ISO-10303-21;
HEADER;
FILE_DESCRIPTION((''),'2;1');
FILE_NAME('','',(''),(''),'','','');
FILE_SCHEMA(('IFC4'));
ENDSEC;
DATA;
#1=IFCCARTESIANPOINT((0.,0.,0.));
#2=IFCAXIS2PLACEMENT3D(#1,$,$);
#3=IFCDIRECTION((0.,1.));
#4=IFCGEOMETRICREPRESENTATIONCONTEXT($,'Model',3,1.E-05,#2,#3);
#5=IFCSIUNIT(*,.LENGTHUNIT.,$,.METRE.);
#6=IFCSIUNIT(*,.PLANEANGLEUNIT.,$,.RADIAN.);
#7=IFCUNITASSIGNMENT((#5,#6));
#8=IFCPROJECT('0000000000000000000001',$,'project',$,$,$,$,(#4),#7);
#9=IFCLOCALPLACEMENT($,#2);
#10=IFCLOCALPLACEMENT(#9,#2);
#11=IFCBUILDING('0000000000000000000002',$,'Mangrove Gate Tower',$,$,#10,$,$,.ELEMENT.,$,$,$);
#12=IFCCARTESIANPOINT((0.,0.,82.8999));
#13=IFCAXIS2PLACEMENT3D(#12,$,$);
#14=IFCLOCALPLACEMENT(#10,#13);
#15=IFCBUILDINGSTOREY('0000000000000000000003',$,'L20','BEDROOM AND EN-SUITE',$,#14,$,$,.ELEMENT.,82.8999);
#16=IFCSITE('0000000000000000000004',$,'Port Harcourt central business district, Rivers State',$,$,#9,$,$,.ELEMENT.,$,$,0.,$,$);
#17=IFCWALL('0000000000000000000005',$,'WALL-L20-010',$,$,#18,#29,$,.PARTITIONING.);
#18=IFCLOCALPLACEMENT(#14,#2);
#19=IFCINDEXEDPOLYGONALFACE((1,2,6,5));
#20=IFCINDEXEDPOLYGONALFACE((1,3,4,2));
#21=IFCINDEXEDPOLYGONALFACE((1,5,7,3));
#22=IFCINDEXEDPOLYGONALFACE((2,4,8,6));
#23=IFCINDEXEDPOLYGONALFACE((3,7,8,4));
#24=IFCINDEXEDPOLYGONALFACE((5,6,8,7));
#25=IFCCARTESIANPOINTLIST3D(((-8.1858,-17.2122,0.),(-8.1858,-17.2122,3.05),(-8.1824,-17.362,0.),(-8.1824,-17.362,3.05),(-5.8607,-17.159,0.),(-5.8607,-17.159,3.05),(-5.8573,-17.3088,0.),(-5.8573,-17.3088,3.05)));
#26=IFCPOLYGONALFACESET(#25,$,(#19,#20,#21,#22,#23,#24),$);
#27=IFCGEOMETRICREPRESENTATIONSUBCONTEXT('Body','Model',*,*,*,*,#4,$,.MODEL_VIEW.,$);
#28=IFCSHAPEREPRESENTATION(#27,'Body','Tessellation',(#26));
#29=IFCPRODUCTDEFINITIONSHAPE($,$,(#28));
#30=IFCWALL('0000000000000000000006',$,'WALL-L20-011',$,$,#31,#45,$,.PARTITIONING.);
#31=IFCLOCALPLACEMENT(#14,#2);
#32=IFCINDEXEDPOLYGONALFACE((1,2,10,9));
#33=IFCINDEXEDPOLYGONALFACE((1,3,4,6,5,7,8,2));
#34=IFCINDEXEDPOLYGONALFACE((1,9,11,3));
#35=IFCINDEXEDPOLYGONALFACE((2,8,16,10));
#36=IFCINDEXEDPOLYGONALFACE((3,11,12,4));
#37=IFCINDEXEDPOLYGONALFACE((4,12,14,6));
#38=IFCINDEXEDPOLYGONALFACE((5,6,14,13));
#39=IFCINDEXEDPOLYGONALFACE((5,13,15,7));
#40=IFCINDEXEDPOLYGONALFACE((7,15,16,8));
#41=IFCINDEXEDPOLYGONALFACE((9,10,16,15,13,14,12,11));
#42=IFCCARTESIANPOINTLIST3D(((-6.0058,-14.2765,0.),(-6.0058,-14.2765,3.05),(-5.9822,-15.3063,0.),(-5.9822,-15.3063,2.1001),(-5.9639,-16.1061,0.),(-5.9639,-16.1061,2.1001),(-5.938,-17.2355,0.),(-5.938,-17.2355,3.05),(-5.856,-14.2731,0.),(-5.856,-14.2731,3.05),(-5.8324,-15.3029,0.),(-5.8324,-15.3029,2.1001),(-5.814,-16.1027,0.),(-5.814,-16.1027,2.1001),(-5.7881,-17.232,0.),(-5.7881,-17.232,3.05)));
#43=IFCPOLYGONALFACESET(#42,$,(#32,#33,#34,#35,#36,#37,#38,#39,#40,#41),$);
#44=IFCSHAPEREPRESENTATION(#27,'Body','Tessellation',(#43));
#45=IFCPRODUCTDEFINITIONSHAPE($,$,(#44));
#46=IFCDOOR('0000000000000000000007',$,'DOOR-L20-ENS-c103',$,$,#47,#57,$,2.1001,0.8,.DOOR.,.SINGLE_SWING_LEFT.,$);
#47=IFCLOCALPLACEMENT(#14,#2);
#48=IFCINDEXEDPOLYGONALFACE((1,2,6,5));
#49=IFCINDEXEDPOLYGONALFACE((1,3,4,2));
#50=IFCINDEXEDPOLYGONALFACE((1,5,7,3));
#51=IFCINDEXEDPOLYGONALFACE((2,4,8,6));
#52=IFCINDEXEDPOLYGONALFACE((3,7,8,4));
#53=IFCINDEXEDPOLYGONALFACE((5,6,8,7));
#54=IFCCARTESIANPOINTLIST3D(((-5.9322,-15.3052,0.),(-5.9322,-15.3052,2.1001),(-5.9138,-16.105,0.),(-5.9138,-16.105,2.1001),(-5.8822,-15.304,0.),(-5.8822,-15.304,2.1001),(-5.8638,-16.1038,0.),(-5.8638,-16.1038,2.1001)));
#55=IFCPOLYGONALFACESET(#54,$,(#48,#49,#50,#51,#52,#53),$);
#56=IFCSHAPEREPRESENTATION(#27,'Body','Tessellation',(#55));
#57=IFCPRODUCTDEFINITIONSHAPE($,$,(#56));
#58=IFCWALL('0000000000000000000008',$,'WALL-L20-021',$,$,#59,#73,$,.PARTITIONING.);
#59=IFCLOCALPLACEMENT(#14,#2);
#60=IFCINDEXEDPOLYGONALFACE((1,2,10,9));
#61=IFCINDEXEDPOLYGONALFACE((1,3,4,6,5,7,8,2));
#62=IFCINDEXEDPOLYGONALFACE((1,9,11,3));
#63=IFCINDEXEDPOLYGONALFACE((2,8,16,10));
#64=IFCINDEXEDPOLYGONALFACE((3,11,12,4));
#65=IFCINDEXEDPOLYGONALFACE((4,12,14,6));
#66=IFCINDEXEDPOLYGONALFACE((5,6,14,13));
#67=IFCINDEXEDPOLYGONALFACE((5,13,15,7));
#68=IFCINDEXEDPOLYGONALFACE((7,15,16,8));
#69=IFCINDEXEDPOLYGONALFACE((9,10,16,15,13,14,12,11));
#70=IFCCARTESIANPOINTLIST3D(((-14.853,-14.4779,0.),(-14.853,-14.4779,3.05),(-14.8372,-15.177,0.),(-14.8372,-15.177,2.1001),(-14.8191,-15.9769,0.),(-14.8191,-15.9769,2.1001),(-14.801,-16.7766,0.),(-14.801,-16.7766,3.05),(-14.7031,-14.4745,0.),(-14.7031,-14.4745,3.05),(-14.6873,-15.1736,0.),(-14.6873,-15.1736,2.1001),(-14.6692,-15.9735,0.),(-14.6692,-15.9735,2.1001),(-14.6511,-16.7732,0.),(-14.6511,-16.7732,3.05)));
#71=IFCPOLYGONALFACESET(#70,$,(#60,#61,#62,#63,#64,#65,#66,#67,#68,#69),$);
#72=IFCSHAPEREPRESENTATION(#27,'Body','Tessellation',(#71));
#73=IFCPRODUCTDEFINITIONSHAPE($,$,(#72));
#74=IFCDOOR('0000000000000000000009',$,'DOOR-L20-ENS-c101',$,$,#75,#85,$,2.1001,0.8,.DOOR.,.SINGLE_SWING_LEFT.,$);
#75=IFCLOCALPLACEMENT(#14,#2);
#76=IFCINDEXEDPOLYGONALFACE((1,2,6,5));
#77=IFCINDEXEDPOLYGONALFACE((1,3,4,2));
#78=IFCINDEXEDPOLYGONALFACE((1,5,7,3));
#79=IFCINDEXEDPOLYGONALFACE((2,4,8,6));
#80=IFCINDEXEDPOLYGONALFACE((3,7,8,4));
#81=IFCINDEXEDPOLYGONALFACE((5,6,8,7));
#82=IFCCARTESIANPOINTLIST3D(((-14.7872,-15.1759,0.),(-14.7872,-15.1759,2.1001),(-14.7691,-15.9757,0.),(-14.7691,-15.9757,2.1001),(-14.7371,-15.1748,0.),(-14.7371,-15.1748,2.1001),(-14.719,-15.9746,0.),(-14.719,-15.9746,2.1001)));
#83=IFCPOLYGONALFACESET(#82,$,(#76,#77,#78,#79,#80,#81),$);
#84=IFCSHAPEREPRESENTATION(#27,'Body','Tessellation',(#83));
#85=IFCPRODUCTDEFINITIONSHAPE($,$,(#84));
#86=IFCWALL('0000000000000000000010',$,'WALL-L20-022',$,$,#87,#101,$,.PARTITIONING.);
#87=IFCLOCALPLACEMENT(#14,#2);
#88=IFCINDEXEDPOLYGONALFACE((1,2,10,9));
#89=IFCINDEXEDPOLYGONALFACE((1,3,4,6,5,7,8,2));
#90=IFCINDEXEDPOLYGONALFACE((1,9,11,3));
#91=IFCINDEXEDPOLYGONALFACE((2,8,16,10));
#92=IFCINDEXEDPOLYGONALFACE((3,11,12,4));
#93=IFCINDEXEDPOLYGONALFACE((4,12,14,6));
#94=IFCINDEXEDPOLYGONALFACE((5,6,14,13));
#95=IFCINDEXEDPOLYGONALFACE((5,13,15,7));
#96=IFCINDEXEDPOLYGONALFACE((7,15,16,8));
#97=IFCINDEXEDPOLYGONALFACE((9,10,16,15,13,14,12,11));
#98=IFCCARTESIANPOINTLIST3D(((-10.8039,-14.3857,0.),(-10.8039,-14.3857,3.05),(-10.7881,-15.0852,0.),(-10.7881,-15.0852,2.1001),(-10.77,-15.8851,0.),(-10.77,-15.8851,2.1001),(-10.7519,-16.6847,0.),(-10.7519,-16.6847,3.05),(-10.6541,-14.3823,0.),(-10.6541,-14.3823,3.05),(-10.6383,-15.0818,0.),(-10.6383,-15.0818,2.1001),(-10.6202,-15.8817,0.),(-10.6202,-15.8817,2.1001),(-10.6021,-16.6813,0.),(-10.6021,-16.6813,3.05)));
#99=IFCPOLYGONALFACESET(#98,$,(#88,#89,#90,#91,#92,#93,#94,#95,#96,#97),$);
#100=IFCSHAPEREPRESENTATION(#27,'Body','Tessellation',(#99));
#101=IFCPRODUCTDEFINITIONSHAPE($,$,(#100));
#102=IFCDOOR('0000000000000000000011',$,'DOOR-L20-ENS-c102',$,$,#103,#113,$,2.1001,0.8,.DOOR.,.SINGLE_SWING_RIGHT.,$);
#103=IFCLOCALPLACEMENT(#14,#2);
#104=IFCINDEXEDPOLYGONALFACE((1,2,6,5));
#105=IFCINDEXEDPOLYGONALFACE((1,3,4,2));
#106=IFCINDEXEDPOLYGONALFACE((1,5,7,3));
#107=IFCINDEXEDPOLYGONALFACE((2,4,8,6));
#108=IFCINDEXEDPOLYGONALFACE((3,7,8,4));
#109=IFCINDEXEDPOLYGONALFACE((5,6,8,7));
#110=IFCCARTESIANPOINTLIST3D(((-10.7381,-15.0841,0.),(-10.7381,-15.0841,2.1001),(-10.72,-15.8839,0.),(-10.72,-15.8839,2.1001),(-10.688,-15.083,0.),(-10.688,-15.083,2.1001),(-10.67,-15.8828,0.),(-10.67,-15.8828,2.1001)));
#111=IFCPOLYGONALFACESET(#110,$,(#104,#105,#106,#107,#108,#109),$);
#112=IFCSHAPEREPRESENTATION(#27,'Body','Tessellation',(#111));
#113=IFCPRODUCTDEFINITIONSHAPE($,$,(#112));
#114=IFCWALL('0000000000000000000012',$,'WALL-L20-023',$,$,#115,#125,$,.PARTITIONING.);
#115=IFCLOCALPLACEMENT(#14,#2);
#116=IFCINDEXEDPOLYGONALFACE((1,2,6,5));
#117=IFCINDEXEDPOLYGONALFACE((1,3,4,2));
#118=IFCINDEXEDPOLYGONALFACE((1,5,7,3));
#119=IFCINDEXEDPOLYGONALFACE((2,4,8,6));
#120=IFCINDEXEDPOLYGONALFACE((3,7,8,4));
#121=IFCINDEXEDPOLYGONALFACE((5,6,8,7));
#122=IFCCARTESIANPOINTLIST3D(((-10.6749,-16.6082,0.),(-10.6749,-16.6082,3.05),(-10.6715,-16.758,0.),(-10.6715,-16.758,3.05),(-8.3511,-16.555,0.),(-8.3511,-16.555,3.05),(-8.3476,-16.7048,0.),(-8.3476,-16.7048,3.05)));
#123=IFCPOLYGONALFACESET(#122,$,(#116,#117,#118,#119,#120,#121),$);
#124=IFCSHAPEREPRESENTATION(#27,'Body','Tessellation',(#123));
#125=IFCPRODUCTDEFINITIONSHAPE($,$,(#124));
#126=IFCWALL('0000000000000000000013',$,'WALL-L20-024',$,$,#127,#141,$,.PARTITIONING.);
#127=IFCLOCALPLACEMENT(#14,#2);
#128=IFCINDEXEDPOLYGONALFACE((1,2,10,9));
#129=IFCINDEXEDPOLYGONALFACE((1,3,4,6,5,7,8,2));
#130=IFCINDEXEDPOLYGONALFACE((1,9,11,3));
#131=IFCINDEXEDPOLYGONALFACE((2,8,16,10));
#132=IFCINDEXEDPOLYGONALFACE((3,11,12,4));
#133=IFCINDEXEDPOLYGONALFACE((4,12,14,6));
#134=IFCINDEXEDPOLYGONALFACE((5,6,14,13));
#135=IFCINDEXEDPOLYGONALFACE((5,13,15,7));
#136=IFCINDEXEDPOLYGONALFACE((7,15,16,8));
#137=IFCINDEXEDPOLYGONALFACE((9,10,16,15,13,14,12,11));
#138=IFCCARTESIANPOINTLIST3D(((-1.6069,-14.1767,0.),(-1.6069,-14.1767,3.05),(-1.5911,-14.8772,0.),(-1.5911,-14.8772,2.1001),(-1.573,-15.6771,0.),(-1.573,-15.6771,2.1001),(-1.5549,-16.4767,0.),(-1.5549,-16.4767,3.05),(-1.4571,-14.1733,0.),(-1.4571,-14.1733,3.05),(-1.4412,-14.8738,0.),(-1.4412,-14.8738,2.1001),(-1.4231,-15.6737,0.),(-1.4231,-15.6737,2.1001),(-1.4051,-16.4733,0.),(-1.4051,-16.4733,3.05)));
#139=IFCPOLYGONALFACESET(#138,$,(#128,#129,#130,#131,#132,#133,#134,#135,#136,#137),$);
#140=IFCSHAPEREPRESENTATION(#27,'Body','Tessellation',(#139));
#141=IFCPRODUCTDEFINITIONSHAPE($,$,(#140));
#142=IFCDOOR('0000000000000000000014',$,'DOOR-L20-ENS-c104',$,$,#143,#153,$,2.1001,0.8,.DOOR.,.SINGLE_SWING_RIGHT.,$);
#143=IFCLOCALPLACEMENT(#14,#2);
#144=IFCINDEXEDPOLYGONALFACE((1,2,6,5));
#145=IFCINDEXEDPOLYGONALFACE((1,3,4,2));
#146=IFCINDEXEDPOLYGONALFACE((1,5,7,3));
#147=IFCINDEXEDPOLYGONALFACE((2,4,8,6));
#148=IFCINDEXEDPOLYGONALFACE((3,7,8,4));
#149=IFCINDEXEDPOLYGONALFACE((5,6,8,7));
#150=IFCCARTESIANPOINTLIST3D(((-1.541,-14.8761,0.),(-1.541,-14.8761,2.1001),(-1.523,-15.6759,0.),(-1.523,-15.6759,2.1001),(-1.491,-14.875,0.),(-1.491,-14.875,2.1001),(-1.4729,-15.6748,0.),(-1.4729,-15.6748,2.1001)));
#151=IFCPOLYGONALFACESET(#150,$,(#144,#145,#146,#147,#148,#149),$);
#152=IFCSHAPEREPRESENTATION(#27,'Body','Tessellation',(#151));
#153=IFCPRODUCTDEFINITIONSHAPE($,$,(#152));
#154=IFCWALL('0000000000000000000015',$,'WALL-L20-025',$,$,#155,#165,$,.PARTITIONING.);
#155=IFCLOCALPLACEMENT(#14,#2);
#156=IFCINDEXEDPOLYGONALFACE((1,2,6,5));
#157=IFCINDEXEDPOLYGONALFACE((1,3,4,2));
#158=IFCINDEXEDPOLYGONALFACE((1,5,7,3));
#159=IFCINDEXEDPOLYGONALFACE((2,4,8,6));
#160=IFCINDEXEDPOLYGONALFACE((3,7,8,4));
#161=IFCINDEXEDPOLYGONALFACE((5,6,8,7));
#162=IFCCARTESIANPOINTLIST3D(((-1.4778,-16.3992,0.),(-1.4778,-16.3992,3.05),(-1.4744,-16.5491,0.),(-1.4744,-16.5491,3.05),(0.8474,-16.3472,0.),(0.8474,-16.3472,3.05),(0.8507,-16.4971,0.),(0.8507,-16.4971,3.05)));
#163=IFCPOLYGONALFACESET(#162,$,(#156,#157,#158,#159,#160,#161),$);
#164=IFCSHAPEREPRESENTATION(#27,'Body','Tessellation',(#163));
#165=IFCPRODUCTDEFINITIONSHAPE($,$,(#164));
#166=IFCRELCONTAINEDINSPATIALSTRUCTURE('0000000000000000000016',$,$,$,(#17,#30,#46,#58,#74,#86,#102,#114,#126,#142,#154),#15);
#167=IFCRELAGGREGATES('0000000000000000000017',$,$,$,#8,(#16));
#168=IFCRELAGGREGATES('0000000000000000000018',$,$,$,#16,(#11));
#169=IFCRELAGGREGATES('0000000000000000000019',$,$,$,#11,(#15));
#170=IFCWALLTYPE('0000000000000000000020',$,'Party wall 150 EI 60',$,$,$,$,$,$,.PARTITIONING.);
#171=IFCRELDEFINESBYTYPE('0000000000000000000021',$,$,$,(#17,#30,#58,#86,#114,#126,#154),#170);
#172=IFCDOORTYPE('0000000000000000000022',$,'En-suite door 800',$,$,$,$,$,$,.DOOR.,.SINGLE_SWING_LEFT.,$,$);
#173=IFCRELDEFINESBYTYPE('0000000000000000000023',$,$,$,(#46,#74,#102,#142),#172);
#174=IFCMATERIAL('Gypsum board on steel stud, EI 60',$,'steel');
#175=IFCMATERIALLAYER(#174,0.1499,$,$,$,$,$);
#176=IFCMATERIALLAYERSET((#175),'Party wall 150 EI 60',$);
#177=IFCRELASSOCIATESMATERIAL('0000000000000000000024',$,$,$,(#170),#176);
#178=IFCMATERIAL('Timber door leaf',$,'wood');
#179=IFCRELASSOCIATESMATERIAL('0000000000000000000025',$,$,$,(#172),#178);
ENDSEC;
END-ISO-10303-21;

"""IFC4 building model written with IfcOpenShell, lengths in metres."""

from ifc_helpers import new_model, si_unit, direction, frame, frame_2d, origin, place, context, subcontext, project, spatial, rectangle, extrude, material, layer, layer_set, type_object, element, fill, save


model = new_model("IFC4")

# Units and contexts
model_context = context("Model", 3, precision=1e-05, world=origin(), true_north=direction((0.0, 1.0)))
body_context = subcontext(model_context, "Body", "Model", "MODEL_VIEW")
ifc_project = project(units=[si_unit("LENGTHUNIT", "METRE"), si_unit("PLANEANGLEUNIT", "RADIAN")], contexts=[model_context])

# Site, building, storey
site_placement = place(None, origin())
site = spatial("IfcSite", under=ifc_project, at=site_placement, Name="Port Harcourt central business district, Rivers State", CompositionType="ELEMENT", RefElevation=0.0)
building_placement = place(site_placement, origin())
building = spatial("IfcBuilding", under=site, at=building_placement, Name="Mangrove Gate Tower", CompositionType="ELEMENT")
storey_placement = place(building_placement, frame((0.0, 0.0, 82.8999)))
storey = spatial("IfcBuildingStorey", under=building, at=storey_placement, Name="L20", Description="BEDROOM AND EN-SUITE", CompositionType="ELEMENT", Elevation=82.8999)

# Wall
ifc_material_1 = material(Name="Gypsum board on steel stud, EI 60", Category="steel")
ifc_layer_1 = layer(ifc_material_1, 0.1499)
ifc_layer_set_1 = layer_set([ifc_layer_1], Name="Party wall 150 EI 60")
wall_type_1 = type_object("IfcWallType", Name="Party wall 150 EI 60", PredefinedType="PARTITIONING", material=ifc_layer_set_1)
wall_1_placement = place(storey_placement, frame((-8.1841, -17.2871, 0.0), z_axis=(0.0, 0.0, 1.0), x_axis=(0.999738, 0.022884, 0.0)))
element("IfcWall", 1, at=wall_1_placement, inside=storey, type_object=wall_type_1, Name="WALL-L20-010", PredefinedType="PARTITIONING", context=body_context, shape_type="SweptSolid", body=[
    extrude(rectangle(XDim=2.3257, YDim=0.1499, at=frame_2d((1.1628, 0.0))), origin(), (0.0, 0.0, 1.0), 3.05),
])

# Walls, openings, doors
wall_2_placement = place(storey_placement, frame((-5.863, -17.2339, 0.0), z_axis=(0.0, 0.0, 1.0), x_axis=(-0.022931, 0.999737, 0.0)))
wall_2 = element("IfcWall", 2, at=wall_2_placement, inside=storey, type_object=wall_type_1, Name="WALL-L20-011", PredefinedType="PARTITIONING", context=body_context, shape_type="SweptSolid", body=[
    extrude(rectangle(XDim=2.9597, YDim=0.1499, at=frame_2d((1.48, 0.0))), origin(), (0.0, 0.0, 1.0), 3.05),
])
opening_1_placement = place(wall_2_placement, frame((1.1299, 0.0, 0.0)))
opening_1 = element("IfcOpeningElement", 3, at=opening_1_placement, cuts=wall_2, PredefinedType="OPENING", context=body_context, shape_type="SweptSolid", body=[
    extrude(rectangle(XDim=0.8, YDim=2.1001, at=frame_2d((0.3999, 1.05))), frame((0.0, 0.085, 0.0), z_axis=(0.0, -1.0, 0.0), x_axis=(1.0, 0.0, 0.0)), (0.0, 0.0, 1.0), 0.1699),
])
ifc_material_2 = material(Name="Timber door leaf", Category="wood")
door_type_1 = type_object("IfcDoorType", Name="En-suite door 800", OperationType="SINGLE_SWING_LEFT", PredefinedType="DOOR", material=ifc_material_2)
door_1_placement = place(opening_1_placement, origin())
door_1 = element("IfcDoor", 4, at=door_1_placement, inside=storey, type_object=door_type_1, Name="DOOR-L20-ENS-c103", OperationType="SINGLE_SWING_LEFT", OverallHeight=2.1001, OverallWidth=0.8, PredefinedType="DOOR", context=body_context, shape_type="SweptSolid", body=[
    extrude(rectangle(XDim=0.8, YDim=2.1001, at=frame_2d((0.3999, 1.05))), frame((0.0, 0.0249, 0.0), z_axis=(0.0, -1.0, 0.0), x_axis=(1.0, 0.0, 0.0)), (0.0, 0.0, 1.0), 0.05),
])
fill(opening_1, door_1)
wall_3_placement = place(storey_placement, frame((-14.7261, -16.7749, 0.0), z_axis=(0.0, 0.0, 1.0), x_axis=(-0.022615, 0.999744, 0.0)))
wall_3 = element("IfcWall", 5, at=wall_3_placement, inside=storey, type_object=wall_type_1, Name="WALL-L20-021", PredefinedType="PARTITIONING", context=body_context, shape_type="SweptSolid", body=[
    extrude(rectangle(XDim=2.2993, YDim=0.1499, at=frame_2d((1.1497, 0.0))), origin(), (0.0, 0.0, 1.0), 3.05),
])
opening_2_placement = place(wall_3_placement, frame((0.8, 0.0, 0.0)))
opening_2 = element("IfcOpeningElement", 6, at=opening_2_placement, cuts=wall_3, PredefinedType="OPENING", context=body_context, shape_type="SweptSolid", body=[
    extrude(rectangle(XDim=0.8, YDim=2.1001, at=frame_2d((0.3999, 1.05))), frame((0.0, 0.085, 0.0), z_axis=(0.0, -1.0, 0.0), x_axis=(1.0, 0.0, 0.0)), (0.0, 0.0, 1.0), 0.1699),
])
door_2_placement = place(opening_2_placement, origin())
door_2 = element("IfcDoor", 7, at=door_2_placement, inside=storey, type_object=door_type_1, Name="DOOR-L20-ENS-c101", OperationType="SINGLE_SWING_LEFT", OverallHeight=2.1001, OverallWidth=0.8, PredefinedType="DOOR", context=body_context, shape_type="SweptSolid", body=[
    extrude(rectangle(XDim=0.8, YDim=2.1001, at=frame_2d((0.3999, 1.05))), frame((0.0, 0.0249, 0.0), z_axis=(0.0, -1.0, 0.0), x_axis=(1.0, 0.0, 0.0)), (0.0, 0.0, 1.0), 0.05),
])
fill(opening_2, door_2)
wall_4_placement = place(storey_placement, frame((-10.677, -16.6831, 0.0), z_axis=(0.0, 0.0, 1.0), x_axis=(-0.022613, 0.999744, 0.0)))
wall_4 = element("IfcWall", 8, at=wall_4_placement, inside=storey, type_object=wall_type_1, Name="WALL-L20-022", PredefinedType="PARTITIONING", context=body_context, shape_type="SweptSolid", body=[
    extrude(rectangle(XDim=2.2996, YDim=0.1499, at=frame_2d((1.1499, 0.0))), origin(), (0.0, 0.0, 1.0), 3.05),
])
opening_3_placement = place(wall_4_placement, frame((0.8, 0.0, 0.0)))
opening_3 = element("IfcOpeningElement", 9, at=opening_3_placement, cuts=wall_4, PredefinedType="OPENING", context=body_context, shape_type="SweptSolid", body=[
    extrude(rectangle(XDim=0.8, YDim=2.1001, at=frame_2d((0.3999, 1.05))), frame((0.0, 0.085, 0.0), z_axis=(0.0, -1.0, 0.0), x_axis=(1.0, 0.0, 0.0)), (0.0, 0.0, 1.0), 0.1699),
])
door_3_placement = place(opening_3_placement, origin())
door_3 = element("IfcDoor", 10, at=door_3_placement, inside=storey, type_object=door_type_1, Name="DOOR-L20-ENS-c102", OperationType="SINGLE_SWING_RIGHT", OverallHeight=2.1001, OverallWidth=0.8, PredefinedType="DOOR", context=body_context, shape_type="SweptSolid", body=[
    extrude(rectangle(XDim=0.8, YDim=2.1001, at=frame_2d((0.3999, 1.05))), frame((0.0, 0.0249, 0.0), z_axis=(0.0, -1.0, 0.0), x_axis=(1.0, 0.0, 0.0)), (0.0, 0.0, 1.0), 0.05),
])
fill(opening_3, door_3)

# Wall
wall_5_placement = place(storey_placement, frame((-10.6731, -16.6831, 0.0), z_axis=(0.0, 0.0, 1.0), x_axis=(0.999738, 0.022896, 0.0)))
element("IfcWall", 11, at=wall_5_placement, inside=storey, type_object=wall_type_1, Name="WALL-L20-023", PredefinedType="PARTITIONING", context=body_context, shape_type="SweptSolid", body=[
    extrude(rectangle(XDim=2.3245, YDim=0.1499, at=frame_2d((1.1621, 0.0))), origin(), (0.0, 0.0, 1.0), 3.05),
])

# Wall, opening, door
wall_6_placement = place(storey_placement, frame((-1.48, -16.4751, 0.0), z_axis=(0.0, 0.0, 1.0), x_axis=(-0.022603, 0.999745, 0.0)))
wall_6 = element("IfcWall", 12, at=wall_6_placement, inside=storey, type_object=wall_type_1, Name="WALL-L20-024", PredefinedType="PARTITIONING", context=body_context, shape_type="SweptSolid", body=[
    extrude(rectangle(XDim=2.3005, YDim=0.1499, at=frame_2d((1.1504, 0.0))), origin(), (0.0, 0.0, 1.0), 3.05),
])
opening_4_placement = place(wall_6_placement, frame((0.8, 0.0, 0.0)))
opening_4 = element("IfcOpeningElement", 13, at=opening_4_placement, cuts=wall_6, PredefinedType="OPENING", context=body_context, shape_type="SweptSolid", body=[
    extrude(rectangle(XDim=0.8, YDim=2.1001, at=frame_2d((0.3999, 1.05))), frame((0.0, 0.085, 0.0), z_axis=(0.0, -1.0, 0.0), x_axis=(1.0, 0.0, 0.0)), (0.0, 0.0, 1.0), 0.1699),
])
door_4_placement = place(opening_4_placement, origin())
door_4 = element("IfcDoor", 14, at=door_4_placement, inside=storey, type_object=door_type_1, Name="DOOR-L20-ENS-c104", OperationType="SINGLE_SWING_RIGHT", OverallHeight=2.1001, OverallWidth=0.8, PredefinedType="DOOR", context=body_context, shape_type="SweptSolid", body=[
    extrude(rectangle(XDim=0.8, YDim=2.1001, at=frame_2d((0.3999, 1.05))), frame((0.0, 0.0249, 0.0), z_axis=(0.0, -1.0, 0.0), x_axis=(1.0, 0.0, 0.0)), (0.0, 0.0, 1.0), 0.05),
])
fill(opening_4, door_4)

# Wall
wall_7_placement = place(storey_placement, frame((-1.4761, -16.4741, 0.0), z_axis=(0.0, 0.0, 1.0), x_axis=(0.99975, 0.022359, 0.0)))
element("IfcWall", 15, at=wall_7_placement, inside=storey, type_object=wall_type_1, Name="WALL-L20-025", PredefinedType="PARTITIONING", context=body_context, shape_type="SweptSolid", body=[
    extrude(rectangle(XDim=2.3257, YDim=0.1499, at=frame_2d((1.1628, 0.0))), origin(), (0.0, 0.0, 1.0), 3.05),
])

save(model, "model.ifc")
